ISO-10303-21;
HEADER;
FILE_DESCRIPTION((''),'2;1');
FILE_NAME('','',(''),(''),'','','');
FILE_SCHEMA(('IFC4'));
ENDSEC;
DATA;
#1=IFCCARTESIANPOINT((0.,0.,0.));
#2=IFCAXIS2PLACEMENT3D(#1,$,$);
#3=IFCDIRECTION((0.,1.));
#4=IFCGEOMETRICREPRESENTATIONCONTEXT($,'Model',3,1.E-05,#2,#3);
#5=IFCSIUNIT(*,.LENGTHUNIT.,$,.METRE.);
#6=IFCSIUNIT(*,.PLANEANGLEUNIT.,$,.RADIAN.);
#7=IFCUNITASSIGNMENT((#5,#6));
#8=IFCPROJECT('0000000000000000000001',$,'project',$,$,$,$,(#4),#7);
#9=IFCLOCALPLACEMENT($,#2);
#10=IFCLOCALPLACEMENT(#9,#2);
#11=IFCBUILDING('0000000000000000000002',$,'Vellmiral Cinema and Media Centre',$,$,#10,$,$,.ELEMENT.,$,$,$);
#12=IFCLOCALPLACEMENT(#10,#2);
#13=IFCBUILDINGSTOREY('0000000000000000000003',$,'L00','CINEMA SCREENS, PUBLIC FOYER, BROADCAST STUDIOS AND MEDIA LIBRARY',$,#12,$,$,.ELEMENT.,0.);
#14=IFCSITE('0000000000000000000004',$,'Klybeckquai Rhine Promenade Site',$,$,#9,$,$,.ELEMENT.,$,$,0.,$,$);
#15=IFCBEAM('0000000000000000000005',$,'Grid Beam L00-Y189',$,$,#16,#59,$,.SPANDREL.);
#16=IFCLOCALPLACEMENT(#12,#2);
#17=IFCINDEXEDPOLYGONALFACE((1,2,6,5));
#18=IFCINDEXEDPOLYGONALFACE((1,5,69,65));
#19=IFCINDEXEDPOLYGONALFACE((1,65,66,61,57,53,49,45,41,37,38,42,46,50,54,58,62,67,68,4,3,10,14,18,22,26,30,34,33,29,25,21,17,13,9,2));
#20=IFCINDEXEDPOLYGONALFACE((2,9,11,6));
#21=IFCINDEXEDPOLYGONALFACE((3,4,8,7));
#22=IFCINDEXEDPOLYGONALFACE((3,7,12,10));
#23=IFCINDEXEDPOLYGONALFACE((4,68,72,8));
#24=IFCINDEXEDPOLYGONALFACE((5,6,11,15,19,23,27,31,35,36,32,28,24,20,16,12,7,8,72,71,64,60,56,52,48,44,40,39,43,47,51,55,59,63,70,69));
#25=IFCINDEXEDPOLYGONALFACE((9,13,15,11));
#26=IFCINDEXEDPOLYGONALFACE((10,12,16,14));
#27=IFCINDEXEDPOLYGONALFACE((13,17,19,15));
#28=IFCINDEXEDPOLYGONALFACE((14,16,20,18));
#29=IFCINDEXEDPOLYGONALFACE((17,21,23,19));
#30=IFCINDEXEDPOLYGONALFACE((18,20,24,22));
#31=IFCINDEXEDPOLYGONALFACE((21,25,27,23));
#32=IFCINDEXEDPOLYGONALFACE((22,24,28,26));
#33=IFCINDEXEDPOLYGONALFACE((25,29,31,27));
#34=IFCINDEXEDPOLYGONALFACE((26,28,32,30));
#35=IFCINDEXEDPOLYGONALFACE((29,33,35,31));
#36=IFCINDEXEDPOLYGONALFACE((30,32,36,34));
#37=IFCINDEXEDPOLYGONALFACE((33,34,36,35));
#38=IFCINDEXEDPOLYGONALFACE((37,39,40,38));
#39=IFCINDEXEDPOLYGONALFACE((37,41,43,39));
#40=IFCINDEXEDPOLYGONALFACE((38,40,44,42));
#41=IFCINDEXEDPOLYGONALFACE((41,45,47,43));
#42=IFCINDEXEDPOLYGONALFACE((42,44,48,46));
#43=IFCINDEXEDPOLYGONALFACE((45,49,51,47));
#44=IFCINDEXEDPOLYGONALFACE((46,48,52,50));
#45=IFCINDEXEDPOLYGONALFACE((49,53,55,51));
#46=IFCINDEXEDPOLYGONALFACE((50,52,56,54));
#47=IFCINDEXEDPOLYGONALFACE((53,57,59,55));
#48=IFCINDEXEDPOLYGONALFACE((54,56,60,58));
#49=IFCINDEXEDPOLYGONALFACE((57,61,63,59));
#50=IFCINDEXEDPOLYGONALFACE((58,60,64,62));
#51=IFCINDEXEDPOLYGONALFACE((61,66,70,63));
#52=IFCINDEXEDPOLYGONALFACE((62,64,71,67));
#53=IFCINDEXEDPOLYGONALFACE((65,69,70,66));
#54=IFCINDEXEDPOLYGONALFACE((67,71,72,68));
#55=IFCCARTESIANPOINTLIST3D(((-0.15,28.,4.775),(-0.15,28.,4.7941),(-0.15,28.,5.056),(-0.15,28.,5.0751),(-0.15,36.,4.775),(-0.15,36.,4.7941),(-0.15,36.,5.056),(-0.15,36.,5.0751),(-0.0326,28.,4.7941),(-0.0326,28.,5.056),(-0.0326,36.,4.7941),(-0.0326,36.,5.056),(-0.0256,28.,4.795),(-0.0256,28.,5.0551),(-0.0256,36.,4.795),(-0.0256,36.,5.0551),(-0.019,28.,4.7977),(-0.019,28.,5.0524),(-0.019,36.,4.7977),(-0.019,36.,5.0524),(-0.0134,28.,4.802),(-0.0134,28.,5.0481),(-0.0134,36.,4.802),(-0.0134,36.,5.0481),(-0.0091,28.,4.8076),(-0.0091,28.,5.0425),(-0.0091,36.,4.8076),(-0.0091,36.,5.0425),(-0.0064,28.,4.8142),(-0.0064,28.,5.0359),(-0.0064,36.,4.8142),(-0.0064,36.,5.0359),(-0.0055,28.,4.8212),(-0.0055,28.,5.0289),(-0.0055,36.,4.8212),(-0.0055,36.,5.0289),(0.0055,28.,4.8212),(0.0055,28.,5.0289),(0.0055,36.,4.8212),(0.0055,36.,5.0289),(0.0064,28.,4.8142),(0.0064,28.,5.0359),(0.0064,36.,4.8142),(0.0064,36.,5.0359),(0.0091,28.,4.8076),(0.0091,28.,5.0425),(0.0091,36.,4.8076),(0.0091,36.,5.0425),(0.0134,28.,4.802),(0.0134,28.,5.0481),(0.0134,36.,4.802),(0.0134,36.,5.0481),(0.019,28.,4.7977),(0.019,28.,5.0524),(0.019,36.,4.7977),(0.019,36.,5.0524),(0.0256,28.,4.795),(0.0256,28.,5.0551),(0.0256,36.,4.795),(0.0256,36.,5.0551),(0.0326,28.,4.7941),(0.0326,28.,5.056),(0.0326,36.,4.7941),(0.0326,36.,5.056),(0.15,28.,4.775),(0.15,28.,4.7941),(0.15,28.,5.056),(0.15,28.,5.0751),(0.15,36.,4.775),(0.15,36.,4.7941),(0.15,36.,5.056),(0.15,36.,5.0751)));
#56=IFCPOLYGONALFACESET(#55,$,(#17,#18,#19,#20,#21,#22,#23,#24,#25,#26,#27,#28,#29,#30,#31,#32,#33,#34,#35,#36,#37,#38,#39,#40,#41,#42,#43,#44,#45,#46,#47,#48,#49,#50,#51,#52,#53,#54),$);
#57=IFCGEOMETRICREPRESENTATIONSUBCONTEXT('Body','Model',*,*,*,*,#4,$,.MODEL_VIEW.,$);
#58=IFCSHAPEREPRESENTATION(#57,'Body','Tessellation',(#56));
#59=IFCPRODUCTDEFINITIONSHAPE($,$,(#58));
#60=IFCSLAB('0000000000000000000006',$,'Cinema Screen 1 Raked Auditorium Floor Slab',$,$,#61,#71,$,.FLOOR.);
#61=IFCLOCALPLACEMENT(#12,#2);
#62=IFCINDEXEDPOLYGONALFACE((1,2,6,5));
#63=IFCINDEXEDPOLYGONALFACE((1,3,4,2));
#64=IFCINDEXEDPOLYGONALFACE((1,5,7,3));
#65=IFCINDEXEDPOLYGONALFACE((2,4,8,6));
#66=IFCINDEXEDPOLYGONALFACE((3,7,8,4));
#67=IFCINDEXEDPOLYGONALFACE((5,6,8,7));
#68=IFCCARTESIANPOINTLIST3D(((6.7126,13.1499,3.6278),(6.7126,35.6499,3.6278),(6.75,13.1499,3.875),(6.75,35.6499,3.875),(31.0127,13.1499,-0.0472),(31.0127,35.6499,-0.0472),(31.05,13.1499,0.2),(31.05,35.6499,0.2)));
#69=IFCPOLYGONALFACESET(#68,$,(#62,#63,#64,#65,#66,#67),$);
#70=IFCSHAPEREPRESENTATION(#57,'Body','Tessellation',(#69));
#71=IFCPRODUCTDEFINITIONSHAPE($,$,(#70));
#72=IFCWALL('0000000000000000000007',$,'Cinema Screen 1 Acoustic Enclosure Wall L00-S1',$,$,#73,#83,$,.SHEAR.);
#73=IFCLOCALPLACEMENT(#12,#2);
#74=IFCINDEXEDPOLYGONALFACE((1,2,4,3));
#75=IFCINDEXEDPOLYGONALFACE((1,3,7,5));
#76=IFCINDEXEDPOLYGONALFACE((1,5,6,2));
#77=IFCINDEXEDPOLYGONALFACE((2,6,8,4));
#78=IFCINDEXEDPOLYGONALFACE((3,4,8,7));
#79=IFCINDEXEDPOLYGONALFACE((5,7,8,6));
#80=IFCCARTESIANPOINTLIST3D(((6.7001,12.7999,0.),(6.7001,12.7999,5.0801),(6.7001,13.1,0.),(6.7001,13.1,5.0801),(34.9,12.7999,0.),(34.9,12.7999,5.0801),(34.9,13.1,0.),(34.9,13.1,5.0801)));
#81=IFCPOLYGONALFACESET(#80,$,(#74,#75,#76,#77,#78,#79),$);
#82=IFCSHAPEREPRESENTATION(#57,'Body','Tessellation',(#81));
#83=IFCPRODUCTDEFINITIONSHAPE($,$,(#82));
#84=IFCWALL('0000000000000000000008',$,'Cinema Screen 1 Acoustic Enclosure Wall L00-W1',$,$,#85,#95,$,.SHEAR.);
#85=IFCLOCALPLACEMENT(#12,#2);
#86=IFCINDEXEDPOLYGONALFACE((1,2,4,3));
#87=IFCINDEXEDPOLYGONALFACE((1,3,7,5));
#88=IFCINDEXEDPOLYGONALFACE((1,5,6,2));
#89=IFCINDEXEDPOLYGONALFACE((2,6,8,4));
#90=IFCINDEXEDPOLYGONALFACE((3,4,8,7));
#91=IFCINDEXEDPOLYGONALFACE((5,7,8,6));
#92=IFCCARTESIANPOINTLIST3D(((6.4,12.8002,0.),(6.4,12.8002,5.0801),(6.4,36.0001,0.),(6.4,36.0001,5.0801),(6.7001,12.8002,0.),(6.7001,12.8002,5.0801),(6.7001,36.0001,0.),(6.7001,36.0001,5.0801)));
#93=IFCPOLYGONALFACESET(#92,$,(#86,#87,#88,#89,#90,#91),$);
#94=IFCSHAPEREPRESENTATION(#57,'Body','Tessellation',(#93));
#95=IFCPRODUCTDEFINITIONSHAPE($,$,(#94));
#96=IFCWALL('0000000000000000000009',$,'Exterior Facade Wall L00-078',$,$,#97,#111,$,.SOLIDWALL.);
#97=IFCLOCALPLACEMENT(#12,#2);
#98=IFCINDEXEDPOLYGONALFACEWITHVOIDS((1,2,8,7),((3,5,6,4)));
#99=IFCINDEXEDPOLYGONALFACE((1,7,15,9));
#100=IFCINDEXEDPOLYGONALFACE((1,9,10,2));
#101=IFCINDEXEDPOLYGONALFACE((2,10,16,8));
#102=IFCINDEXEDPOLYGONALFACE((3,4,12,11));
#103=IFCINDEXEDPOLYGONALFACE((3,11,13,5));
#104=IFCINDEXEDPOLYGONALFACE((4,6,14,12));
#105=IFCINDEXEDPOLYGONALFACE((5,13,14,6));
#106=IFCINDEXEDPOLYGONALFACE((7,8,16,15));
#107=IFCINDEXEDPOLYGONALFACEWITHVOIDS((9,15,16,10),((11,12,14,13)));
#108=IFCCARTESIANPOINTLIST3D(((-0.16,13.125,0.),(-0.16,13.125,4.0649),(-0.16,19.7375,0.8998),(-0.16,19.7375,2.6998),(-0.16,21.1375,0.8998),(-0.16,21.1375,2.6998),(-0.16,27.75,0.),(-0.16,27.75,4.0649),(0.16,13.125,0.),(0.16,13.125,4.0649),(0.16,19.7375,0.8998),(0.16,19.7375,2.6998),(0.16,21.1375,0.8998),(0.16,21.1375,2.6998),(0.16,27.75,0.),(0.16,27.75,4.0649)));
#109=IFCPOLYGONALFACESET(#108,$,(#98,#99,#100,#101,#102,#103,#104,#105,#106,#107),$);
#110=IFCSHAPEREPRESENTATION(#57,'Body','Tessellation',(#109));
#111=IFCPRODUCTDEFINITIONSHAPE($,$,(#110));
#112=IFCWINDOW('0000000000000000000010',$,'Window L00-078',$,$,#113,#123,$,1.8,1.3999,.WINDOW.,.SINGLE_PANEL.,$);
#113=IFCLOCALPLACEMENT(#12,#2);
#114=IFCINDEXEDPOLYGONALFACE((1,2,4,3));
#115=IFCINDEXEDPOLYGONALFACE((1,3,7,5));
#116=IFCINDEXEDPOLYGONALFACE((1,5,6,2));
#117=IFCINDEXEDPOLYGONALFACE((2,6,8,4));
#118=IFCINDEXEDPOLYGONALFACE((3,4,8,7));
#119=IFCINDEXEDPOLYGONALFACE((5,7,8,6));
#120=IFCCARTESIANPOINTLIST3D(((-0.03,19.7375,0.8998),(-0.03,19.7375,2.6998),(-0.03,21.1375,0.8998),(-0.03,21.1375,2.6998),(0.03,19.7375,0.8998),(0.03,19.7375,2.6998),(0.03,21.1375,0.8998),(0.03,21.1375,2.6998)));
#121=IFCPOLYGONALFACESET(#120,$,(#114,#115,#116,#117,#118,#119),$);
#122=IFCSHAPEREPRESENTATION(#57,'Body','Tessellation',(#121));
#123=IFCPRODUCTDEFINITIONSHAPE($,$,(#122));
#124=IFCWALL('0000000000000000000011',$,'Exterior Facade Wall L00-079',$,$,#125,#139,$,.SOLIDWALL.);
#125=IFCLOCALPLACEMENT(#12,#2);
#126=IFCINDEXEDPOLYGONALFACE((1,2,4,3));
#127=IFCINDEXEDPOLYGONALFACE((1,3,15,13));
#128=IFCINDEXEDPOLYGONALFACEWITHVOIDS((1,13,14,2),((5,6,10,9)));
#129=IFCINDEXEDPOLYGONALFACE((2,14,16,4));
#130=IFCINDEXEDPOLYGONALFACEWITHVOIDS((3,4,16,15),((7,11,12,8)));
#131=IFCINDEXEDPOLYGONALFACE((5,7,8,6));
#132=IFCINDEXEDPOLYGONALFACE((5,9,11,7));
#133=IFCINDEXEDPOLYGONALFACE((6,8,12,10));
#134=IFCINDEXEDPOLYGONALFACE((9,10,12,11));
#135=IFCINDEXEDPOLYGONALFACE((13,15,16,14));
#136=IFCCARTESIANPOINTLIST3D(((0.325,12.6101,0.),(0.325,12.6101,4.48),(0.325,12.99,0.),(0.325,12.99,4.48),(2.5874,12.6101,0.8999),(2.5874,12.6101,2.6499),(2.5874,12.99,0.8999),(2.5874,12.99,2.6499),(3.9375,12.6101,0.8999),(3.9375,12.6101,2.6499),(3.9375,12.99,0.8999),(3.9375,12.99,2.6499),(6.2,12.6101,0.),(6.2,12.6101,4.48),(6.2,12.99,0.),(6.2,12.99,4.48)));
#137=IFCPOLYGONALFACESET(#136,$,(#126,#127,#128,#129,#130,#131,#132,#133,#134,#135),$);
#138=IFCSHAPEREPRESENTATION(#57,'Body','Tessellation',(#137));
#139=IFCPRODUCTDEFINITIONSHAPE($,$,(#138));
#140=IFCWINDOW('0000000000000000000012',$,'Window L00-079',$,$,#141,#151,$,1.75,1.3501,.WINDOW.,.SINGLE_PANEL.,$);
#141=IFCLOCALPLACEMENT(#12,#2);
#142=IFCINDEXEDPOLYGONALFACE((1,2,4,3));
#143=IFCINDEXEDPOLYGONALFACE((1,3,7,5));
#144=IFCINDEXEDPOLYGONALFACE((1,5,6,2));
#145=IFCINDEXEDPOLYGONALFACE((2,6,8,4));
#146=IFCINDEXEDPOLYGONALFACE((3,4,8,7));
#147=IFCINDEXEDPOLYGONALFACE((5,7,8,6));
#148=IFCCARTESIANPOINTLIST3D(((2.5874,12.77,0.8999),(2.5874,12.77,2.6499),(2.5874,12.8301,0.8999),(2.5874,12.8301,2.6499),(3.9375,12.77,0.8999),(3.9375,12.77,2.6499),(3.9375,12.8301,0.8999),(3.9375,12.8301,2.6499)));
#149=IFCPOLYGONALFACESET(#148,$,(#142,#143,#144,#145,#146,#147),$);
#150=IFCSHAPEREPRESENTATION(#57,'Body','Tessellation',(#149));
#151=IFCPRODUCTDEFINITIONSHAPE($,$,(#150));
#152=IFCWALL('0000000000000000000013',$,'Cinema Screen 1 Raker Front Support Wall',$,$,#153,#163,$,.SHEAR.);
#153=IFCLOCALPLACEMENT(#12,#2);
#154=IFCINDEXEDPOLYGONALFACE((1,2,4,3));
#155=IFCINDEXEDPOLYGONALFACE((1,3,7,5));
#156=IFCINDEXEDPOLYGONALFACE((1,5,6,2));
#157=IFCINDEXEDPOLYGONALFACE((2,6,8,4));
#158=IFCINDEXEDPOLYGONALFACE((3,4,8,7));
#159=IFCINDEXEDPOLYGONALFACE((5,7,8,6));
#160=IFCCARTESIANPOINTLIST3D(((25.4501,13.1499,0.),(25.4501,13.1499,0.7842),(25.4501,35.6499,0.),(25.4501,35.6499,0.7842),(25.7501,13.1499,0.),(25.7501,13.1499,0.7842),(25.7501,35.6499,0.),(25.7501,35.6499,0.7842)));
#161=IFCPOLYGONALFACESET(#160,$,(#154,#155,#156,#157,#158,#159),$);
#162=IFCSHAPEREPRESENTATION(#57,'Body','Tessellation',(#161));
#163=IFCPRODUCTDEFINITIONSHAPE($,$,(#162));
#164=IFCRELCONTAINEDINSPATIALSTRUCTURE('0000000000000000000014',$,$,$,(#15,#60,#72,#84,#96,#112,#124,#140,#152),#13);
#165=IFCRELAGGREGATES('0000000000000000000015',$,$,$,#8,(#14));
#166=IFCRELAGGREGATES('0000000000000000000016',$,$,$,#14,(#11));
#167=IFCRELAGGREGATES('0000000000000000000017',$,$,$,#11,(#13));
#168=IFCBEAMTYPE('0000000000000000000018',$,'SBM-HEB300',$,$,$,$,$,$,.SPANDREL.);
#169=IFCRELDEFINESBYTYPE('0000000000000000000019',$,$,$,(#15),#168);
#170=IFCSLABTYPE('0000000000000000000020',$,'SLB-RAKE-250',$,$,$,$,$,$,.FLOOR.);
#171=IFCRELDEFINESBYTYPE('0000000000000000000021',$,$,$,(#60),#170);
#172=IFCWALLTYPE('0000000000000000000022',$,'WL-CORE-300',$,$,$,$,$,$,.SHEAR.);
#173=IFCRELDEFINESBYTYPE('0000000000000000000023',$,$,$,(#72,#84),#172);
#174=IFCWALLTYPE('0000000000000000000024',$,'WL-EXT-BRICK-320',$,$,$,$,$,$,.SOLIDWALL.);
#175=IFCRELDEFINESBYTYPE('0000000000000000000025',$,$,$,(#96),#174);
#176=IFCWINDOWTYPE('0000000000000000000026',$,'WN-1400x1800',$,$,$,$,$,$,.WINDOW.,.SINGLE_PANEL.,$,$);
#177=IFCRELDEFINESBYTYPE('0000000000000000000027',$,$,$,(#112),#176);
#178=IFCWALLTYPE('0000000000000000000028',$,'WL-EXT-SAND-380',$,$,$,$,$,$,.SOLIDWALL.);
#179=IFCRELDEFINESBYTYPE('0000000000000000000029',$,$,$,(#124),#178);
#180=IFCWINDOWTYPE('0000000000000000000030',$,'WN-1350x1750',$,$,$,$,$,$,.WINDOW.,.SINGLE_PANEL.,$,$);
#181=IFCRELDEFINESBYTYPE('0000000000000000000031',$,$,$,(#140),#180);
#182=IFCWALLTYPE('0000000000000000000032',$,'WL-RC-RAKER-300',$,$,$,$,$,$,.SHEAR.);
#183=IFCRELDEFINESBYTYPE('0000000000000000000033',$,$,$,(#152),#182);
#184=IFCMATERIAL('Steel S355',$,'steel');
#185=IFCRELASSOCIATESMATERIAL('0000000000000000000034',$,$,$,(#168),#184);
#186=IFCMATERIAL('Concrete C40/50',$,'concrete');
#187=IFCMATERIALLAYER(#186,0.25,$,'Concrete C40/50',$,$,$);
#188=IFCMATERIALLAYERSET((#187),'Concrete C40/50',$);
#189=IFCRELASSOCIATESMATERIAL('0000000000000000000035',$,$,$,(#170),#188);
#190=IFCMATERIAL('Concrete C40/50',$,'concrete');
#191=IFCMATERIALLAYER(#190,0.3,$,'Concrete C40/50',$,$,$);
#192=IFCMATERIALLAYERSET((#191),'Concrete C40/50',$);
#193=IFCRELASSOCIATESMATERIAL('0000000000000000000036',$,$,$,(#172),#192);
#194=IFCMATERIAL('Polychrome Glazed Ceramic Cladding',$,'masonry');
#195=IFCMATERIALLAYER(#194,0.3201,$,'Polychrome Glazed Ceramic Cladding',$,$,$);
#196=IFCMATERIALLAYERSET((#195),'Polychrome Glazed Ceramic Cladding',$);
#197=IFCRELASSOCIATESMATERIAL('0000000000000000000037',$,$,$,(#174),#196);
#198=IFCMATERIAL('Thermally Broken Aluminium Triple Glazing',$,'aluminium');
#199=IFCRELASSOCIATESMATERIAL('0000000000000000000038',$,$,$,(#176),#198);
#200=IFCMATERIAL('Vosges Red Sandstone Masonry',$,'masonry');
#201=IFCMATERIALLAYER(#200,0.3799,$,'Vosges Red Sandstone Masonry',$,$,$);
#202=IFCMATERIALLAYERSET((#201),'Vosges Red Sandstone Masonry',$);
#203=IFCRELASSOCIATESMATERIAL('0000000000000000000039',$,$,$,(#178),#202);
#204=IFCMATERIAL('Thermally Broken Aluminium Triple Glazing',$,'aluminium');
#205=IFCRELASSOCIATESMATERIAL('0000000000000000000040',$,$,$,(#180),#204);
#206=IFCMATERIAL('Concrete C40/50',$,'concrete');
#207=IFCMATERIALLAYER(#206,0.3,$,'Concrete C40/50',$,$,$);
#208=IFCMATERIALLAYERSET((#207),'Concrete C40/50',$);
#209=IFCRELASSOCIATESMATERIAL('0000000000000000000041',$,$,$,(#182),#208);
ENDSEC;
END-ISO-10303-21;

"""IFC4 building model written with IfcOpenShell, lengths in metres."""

from ifc_helpers import new_model, si_unit, direction, frame, frame_2d, origin, origin_2d, place, context, subcontext, project, spatial, polyline, rectangle, i_section, outline, extrude, material, layer, layer_set, material_profile, profile_set, type_object, element, fill, save


model = new_model("IFC4")

# Units and contexts
model_context = context("Model", 3, precision=1e-05, world=origin(), true_north=direction((0.0, 1.0)))
body_context = subcontext(model_context, "Body", "Model", "MODEL_VIEW")
ifc_project = project(units=[si_unit("LENGTHUNIT", "METRE"), si_unit("PLANEANGLEUNIT", "RADIAN")], contexts=[model_context])

# Site, building, storey
site_placement = place(None, origin())
site = spatial("IfcSite", under=ifc_project, at=site_placement, Name="Klybeckquai Rhine Promenade Site", CompositionType="ELEMENT", RefElevation=0.0)
building_placement = place(site_placement, origin())
building = spatial("IfcBuilding", under=site, at=building_placement, Name="Vellmiral Cinema and Media Centre", CompositionType="ELEMENT")
storey_placement = place(building_placement, origin())
storey = spatial("IfcBuildingStorey", under=building, at=storey_placement, Name="L00", Description="CINEMA SCREENS, PUBLIC FOYER, BROADCAST STUDIOS AND MEDIA LIBRARY", CompositionType="ELEMENT", Elevation=0.0)

# Beam
ifc_material_1 = material(Name="Steel S355", Category="steel")
ifc_material_profile_1 = material_profile(ifc_material_1, i_section(OverallWidth=0.3, OverallDepth=0.3, WebThickness=0.011, FlangeThickness=0.019, FilletRadius=0.0271, at=origin_2d()), Name="HEB 300")
ifc_profile_set_1 = profile_set([ifc_material_profile_1], Name="Steel S355")
beam_type_1 = type_object("IfcBeamType", Name="SBM-HEB300", PredefinedType="SPANDREL", material=ifc_profile_set_1)
beam_1_placement = place(storey_placement, frame((0.0, 28.0, 4.925), z_axis=(0.0, 1.0, 0.0), x_axis=(-1.0, 0.0, 0.0)))
element("IfcBeam", 1, at=beam_1_placement, inside=storey, type_object=beam_type_1, Name="Grid Beam L00-Y189", PredefinedType="SPANDREL", context=body_context, shape_type="SweptSolid", body=[
    extrude(i_section(OverallWidth=0.3, OverallDepth=0.3, WebThickness=0.011, FlangeThickness=0.019, FilletRadius=0.0271, at=origin_2d()), origin(), (0.0, 0.0, 1.0), 8.0),
])

# Slab
ifc_material_2 = material(Name="Concrete C40/50", Category="concrete")
ifc_layer_1 = layer(ifc_material_2, 0.25, Name="Concrete C40/50")
ifc_layer_set_1 = layer_set([ifc_layer_1], Name="Concrete C40/50")
slab_type = type_object("IfcSlabType", Name="SLB-RAKE-250", PredefinedType="FLOOR", material=ifc_layer_set_1)
slab_placement = place(storey_placement, frame((6.75, 13.1499, 3.875), z_axis=(0.149536, 0.0, 0.988756), x_axis=(0.988756, 0.0, -0.149536)))
element("IfcSlab", 2, at=slab_placement, inside=storey, type_object=slab_type, Name="Cinema Screen 1 Raked Auditorium Floor Slab", PredefinedType="FLOOR", context=body_context, shape_type="SweptSolid", body=[
    extrude(outline(polyline([(0.0, 0.0), (24.5764, 0.0), (24.5764, 22.5), (0.0, 22.5), (0.0, 0.0)])), origin(), (0.0, 0.0, -1.0), 0.25),
])

# Walls
ifc_material_3 = material(Name="Concrete C40/50", Category="concrete")
ifc_layer_2 = layer(ifc_material_3, 0.3, Name="Concrete C40/50")
ifc_layer_set_2 = layer_set([ifc_layer_2], Name="Concrete C40/50")
wall_type_1 = type_object("IfcWallType", Name="WL-CORE-300", PredefinedType="SHEAR", material=ifc_layer_set_2)
wall_1_placement = place(storey_placement, frame((6.7, 12.95, 0.0), z_axis=(0.0, 0.0, 1.0), x_axis=(1.0, 0.0, 0.0)))
element("IfcWall", 3, at=wall_1_placement, inside=storey, type_object=wall_type_1, Name="Cinema Screen 1 Acoustic Enclosure Wall L00-S1", PredefinedType="SHEAR", context=body_context, shape_type="SweptSolid", body=[
    extrude(rectangle(XDim=28.2, YDim=0.3, at=frame_2d((14.1001, 0.0))), origin(), (0.0, 0.0, 1.0), 5.0801),
])
wall_2_placement = place(storey_placement, frame((6.55, 12.8, 0.0), z_axis=(0.0, 0.0, 1.0), x_axis=(0.0, 1.0, 0.0)))
element("IfcWall", 4, at=wall_2_placement, inside=storey, type_object=wall_type_1, Name="Cinema Screen 1 Acoustic Enclosure Wall L00-W1", PredefinedType="SHEAR", context=body_context, shape_type="SweptSolid", body=[
    extrude(rectangle(XDim=23.2, YDim=0.3, at=frame_2d((11.6001, 0.0))), origin(), (0.0, 0.0, 1.0), 5.0801),
])

# Walls, openings, windows
ifc_material_4 = material(Name="Polychrome Glazed Ceramic Cladding", Category="masonry")
ifc_layer_3 = layer(ifc_material_4, 0.3201, Name="Polychrome Glazed Ceramic Cladding")
ifc_layer_set_3 = layer_set([ifc_layer_3], Name="Polychrome Glazed Ceramic Cladding")
wall_type_2 = type_object("IfcWallType", Name="WL-EXT-BRICK-320", PredefinedType="SOLIDWALL", material=ifc_layer_set_3)
wall_3_placement = place(storey_placement, frame((0.0, 27.75, 0.0), z_axis=(0.0, 0.0, 1.0), x_axis=(0.0, -1.0, 0.0)))
wall_3 = element("IfcWall", 5, at=wall_3_placement, inside=storey, type_object=wall_type_2, Name="Exterior Facade Wall L00-078", PredefinedType="SOLIDWALL", context=body_context, shape_type="SweptSolid", body=[
    extrude(rectangle(XDim=14.625, YDim=0.3201, at=frame_2d((7.3125, 0.0))), origin(), (0.0, 0.0, 1.0), 4.0649),
])
opening_1_placement = place(wall_3_placement, frame((6.6125, 0.0, 0.8999)))
opening_1 = element("IfcOpeningElement", 6, at=opening_1_placement, cuts=wall_3, PredefinedType="OPENING", context=body_context, shape_type="SweptSolid", body=[
    extrude(rectangle(XDim=1.3999, YDim=1.8, at=frame_2d((0.7, 0.8999))), frame((0.0, 0.1719, 0.0), z_axis=(0.0, -1.0, 0.0), x_axis=(1.0, 0.0, 0.0)), (0.0, 0.0, 1.0), 0.344),
])
ifc_material_5 = material(Name="Thermally Broken Aluminium Triple Glazing", Category="aluminium")
window_type_1 = type_object("IfcWindowType", Name="WN-1400x1800", PartitioningType="SINGLE_PANEL", PredefinedType="WINDOW", material=ifc_material_5)
window_1_placement = place(opening_1_placement, origin())
window_1 = element("IfcWindow", 7, at=window_1_placement, inside=storey, type_object=window_type_1, Name="Window L00-078", OverallHeight=1.8, OverallWidth=1.3999, PartitioningType="SINGLE_PANEL", PredefinedType="WINDOW", context=body_context, shape_type="SweptSolid", body=[
    extrude(rectangle(XDim=1.3999, YDim=1.8, at=frame_2d((0.7, 0.8999))), frame((0.0, 0.03, 0.0), z_axis=(0.0, -1.0, 0.0), x_axis=(1.0, 0.0, 0.0)), (0.0, 0.0, 1.0), 0.0601),
])
fill(opening_1, window_1)
ifc_material_6 = material(Name="Vosges Red Sandstone Masonry", Category="masonry")
ifc_layer_4 = layer(ifc_material_6, 0.3799, Name="Vosges Red Sandstone Masonry")
ifc_layer_set_4 = layer_set([ifc_layer_4], Name="Vosges Red Sandstone Masonry")
wall_type_3 = type_object("IfcWallType", Name="WL-EXT-SAND-380", PredefinedType="SOLIDWALL", material=ifc_layer_set_4)
wall_4_placement = place(storey_placement, frame((0.325, 12.8, 0.0), z_axis=(0.0, 0.0, 1.0), x_axis=(1.0, 0.0, 0.0)))
wall_4 = element("IfcWall", 8, at=wall_4_placement, inside=storey, type_object=wall_type_3, Name="Exterior Facade Wall L00-079", PredefinedType="SOLIDWALL", context=body_context, shape_type="SweptSolid", body=[
    extrude(rectangle(XDim=5.875, YDim=0.3799, at=frame_2d((2.9375, 0.0))), origin(), (0.0, 0.0, 1.0), 4.48),
])
opening_2_placement = place(wall_4_placement, frame((2.2625, 0.0, 0.8999)))
opening_2 = element("IfcOpeningElement", 9, at=opening_2_placement, cuts=wall_4, PredefinedType="OPENING", context=body_context, shape_type="SweptSolid", body=[
    extrude(rectangle(XDim=1.3501, YDim=1.75, at=frame_2d((0.675, 0.875))), frame((0.0, 0.2019, 0.0), z_axis=(0.0, -1.0, 0.0), x_axis=(1.0, 0.0, 0.0)), (0.0, 0.0, 1.0), 0.4038),
])
ifc_material_7 = material(Name="Thermally Broken Aluminium Triple Glazing", Category="aluminium")
window_type_2 = type_object("IfcWindowType", Name="WN-1350x1750", PartitioningType="SINGLE_PANEL", PredefinedType="WINDOW", material=ifc_material_7)
window_2_placement = place(opening_2_placement, origin())
window_2 = element("IfcWindow", 10, at=window_2_placement, inside=storey, type_object=window_type_2, Name="Window L00-079", OverallHeight=1.75, OverallWidth=1.3501, PartitioningType="SINGLE_PANEL", PredefinedType="WINDOW", context=body_context, shape_type="SweptSolid", body=[
    extrude(rectangle(XDim=1.3501, YDim=1.75, at=frame_2d((0.675, 0.875))), frame((0.0, 0.03, 0.0), z_axis=(0.0, -1.0, 0.0), x_axis=(1.0, 0.0, 0.0)), (0.0, 0.0, 1.0), 0.0601),
])
fill(opening_2, window_2)

# Wall
ifc_material_8 = material(Name="Concrete C40/50", Category="concrete")
ifc_layer_5 = layer(ifc_material_8, 0.3, Name="Concrete C40/50")
ifc_layer_set_5 = layer_set([ifc_layer_5], Name="Concrete C40/50")
wall_type_4 = type_object("IfcWallType", Name="WL-RC-RAKER-300", PredefinedType="SHEAR", material=ifc_layer_set_5)
wall_5_placement = place(storey_placement, frame((25.6001, 13.1499, 0.0), z_axis=(0.0, 0.0, 1.0), x_axis=(0.0, 1.0, 0.0)))
element("IfcWall", 11, at=wall_5_placement, inside=storey, type_object=wall_type_4, Name="Cinema Screen 1 Raker Front Support Wall", PredefinedType="SHEAR", context=body_context, shape_type="SweptSolid", body=[
    extrude(rectangle(XDim=22.5, YDim=0.3, at=frame_2d((11.25, 0.0))), origin(), (0.0, 0.0, 1.0), 0.7842),
])

save(model, "model.ifc")
